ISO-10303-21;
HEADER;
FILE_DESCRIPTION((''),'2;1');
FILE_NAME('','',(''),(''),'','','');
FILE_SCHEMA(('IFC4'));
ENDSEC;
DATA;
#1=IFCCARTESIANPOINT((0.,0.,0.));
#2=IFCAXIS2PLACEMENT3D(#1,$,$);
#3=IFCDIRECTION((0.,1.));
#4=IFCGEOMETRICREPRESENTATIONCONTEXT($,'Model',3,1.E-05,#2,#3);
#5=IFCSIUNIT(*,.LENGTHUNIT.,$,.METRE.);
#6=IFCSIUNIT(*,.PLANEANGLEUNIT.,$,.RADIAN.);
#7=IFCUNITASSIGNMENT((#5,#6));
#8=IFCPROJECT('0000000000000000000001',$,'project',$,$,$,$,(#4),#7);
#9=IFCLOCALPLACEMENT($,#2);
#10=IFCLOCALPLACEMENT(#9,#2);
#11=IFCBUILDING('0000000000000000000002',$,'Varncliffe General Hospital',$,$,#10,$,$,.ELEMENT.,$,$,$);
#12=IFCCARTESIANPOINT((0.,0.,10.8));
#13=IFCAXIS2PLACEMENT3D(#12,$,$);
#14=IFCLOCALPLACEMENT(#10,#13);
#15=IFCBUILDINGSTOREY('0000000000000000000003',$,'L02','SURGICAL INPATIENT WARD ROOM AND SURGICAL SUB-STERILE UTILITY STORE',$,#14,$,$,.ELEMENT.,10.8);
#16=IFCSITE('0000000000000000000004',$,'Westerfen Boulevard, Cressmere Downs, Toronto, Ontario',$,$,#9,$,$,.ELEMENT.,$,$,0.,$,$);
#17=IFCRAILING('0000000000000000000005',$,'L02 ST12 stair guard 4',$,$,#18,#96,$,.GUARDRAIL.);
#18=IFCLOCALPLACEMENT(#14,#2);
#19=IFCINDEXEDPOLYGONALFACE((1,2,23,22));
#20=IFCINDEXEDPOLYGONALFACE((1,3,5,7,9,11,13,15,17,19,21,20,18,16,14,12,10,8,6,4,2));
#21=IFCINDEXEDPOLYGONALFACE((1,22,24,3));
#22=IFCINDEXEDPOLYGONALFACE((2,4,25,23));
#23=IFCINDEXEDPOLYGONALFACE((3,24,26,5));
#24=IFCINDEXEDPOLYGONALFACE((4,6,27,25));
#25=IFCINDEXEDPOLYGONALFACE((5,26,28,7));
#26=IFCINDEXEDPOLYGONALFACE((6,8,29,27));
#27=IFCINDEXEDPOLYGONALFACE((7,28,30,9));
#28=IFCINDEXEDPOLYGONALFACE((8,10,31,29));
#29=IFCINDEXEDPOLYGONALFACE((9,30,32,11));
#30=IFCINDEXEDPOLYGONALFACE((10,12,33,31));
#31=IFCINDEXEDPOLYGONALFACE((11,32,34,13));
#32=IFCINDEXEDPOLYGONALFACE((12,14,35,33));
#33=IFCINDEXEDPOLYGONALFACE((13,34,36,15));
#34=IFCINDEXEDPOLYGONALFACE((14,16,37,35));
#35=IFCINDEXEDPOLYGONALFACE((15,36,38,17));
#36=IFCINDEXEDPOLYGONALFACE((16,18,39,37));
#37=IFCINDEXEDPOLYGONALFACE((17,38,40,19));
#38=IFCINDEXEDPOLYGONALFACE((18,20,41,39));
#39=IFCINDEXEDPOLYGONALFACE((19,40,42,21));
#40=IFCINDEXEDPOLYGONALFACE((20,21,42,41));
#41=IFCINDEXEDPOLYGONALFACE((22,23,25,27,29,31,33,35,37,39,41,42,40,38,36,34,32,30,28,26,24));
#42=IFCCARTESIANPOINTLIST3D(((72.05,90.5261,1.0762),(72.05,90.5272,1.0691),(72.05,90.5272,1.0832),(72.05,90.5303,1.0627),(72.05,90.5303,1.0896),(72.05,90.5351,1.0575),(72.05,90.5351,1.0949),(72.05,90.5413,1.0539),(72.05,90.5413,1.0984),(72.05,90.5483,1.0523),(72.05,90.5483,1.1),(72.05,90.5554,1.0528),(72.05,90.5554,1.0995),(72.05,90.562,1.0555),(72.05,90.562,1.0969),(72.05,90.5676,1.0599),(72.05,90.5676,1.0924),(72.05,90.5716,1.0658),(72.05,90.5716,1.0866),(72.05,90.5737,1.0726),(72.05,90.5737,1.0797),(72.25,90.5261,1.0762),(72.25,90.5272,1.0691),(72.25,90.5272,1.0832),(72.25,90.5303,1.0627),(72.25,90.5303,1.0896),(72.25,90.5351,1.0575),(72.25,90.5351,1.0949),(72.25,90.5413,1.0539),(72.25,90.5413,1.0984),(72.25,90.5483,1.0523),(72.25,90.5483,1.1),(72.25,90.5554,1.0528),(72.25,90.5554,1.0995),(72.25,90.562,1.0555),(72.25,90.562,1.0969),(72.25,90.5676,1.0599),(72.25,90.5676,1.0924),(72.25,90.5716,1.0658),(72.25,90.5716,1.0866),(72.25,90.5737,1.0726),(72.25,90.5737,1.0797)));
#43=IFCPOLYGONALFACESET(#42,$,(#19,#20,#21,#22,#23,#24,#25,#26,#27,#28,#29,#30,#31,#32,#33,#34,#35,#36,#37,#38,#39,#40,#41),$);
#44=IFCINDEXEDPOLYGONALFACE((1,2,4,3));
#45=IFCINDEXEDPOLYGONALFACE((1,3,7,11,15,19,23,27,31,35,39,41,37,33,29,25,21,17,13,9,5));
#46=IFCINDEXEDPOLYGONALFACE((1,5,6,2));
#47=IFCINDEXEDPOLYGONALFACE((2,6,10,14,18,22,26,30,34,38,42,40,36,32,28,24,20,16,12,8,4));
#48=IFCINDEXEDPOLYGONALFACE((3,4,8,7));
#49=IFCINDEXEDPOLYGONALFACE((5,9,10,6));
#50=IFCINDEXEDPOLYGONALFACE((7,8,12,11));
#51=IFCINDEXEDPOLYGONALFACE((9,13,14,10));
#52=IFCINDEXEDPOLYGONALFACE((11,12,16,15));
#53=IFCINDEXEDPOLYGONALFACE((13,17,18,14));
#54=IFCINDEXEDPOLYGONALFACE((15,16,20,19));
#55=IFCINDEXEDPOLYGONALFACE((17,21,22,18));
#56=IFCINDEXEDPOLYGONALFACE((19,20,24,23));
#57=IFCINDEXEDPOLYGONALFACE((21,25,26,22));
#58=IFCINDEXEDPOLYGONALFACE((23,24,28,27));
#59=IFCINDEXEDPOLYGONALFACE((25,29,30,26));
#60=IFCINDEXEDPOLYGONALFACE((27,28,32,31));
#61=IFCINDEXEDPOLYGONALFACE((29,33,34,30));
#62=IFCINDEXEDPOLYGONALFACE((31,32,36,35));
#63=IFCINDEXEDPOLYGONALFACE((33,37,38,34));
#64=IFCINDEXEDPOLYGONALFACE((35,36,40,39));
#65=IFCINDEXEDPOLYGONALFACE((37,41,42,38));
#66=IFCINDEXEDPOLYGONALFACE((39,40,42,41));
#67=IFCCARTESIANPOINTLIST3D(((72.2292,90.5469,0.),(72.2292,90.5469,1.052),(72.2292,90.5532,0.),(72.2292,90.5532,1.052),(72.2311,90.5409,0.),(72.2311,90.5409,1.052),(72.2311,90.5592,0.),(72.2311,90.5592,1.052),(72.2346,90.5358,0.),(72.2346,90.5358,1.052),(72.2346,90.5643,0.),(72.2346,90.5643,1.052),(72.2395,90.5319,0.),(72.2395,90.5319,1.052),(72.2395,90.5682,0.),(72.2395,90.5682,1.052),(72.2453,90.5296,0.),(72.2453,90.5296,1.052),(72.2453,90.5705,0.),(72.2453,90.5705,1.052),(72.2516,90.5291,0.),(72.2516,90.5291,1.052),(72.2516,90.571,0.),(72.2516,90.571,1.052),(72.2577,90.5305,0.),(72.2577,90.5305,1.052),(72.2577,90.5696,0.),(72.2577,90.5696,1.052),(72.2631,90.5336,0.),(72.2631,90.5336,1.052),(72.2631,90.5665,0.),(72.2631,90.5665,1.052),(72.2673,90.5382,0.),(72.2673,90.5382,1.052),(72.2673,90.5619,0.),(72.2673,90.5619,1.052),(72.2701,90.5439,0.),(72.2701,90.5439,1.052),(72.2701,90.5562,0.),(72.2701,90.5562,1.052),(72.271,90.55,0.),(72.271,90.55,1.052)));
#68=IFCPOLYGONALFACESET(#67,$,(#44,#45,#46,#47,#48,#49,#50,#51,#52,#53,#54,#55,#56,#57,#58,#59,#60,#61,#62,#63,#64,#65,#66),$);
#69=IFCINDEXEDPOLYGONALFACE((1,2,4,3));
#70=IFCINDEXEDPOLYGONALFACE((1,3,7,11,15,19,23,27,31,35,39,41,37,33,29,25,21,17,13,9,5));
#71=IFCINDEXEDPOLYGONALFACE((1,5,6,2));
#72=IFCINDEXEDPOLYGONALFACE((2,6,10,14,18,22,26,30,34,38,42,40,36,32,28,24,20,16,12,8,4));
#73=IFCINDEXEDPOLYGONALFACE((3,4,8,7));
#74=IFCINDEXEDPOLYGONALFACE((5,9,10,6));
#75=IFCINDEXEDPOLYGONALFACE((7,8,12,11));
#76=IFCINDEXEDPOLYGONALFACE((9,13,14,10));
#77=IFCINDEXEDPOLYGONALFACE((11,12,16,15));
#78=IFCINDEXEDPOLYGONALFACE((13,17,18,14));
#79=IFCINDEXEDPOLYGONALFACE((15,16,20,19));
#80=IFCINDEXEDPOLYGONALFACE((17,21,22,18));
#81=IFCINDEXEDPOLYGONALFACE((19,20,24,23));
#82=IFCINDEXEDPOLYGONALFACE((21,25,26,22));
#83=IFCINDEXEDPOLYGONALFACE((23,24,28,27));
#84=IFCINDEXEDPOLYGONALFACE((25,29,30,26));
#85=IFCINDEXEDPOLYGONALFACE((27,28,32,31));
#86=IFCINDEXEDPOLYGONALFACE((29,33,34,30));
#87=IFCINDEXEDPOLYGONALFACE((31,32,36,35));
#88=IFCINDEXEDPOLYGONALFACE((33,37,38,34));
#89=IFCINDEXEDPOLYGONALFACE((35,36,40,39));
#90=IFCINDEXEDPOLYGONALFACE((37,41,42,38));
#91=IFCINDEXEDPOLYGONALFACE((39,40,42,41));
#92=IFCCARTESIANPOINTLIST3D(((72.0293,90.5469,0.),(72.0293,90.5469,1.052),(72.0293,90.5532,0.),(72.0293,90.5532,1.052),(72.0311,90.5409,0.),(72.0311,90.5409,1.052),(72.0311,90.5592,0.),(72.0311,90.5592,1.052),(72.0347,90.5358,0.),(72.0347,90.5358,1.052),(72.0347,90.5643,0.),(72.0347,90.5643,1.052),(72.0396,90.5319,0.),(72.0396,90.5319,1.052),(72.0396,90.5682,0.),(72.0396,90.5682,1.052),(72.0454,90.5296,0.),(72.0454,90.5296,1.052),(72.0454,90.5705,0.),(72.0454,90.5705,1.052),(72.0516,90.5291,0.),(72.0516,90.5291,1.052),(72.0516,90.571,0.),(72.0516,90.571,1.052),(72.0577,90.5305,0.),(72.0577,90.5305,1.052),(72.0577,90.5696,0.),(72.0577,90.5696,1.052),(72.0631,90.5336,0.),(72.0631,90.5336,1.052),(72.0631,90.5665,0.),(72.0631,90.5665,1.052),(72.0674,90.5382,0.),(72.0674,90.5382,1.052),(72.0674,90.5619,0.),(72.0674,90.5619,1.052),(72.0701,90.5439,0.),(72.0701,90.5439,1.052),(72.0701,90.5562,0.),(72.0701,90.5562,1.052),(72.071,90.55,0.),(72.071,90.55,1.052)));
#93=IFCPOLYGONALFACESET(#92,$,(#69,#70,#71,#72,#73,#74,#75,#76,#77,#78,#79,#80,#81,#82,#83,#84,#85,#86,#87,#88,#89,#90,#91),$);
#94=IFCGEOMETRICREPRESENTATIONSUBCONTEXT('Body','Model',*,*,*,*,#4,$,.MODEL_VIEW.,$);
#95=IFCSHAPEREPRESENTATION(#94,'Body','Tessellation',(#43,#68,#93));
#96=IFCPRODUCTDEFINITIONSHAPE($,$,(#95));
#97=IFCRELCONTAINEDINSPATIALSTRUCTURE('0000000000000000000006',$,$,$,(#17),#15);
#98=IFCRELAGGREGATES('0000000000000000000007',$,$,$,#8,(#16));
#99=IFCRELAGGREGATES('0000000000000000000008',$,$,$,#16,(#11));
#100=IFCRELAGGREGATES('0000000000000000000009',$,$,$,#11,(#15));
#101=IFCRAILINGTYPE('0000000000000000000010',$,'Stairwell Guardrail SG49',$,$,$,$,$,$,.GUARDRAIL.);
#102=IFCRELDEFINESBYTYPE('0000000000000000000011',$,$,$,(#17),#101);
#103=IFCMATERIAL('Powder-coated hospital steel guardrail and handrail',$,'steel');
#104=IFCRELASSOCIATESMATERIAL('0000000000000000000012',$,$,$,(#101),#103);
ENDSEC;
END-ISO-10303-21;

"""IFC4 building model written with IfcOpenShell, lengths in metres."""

from ifc_helpers import new_model, si_unit, direction, frame, origin, origin_2d, place, context, subcontext, project, spatial, circle, extrude, material, type_object, element, save


model = new_model("IFC4")

# Units and contexts
model_context = context("Model", 3, precision=1e-05, world=origin(), true_north=direction((0.0, 1.0)))
body_context = subcontext(model_context, "Body", "Model", "MODEL_VIEW")
ifc_project = project(units=[si_unit("LENGTHUNIT", "METRE"), si_unit("PLANEANGLEUNIT", "RADIAN")], contexts=[model_context])

# Site, building, storey
site_placement = place(None, origin())
site = spatial("IfcSite", under=ifc_project, at=site_placement, Name="Westerfen Boulevard, Cressmere Downs, Toronto, Ontario", CompositionType="ELEMENT", RefElevation=0.0)
building_placement = place(site_placement, origin())
building = spatial("IfcBuilding", under=site, at=building_placement, Name="Varncliffe General Hospital", CompositionType="ELEMENT")
storey_placement = place(building_placement, frame((0.0, 0.0, 10.8)))
storey = spatial("IfcBuildingStorey", under=building, at=storey_placement, Name="L02", Description="SURGICAL INPATIENT WARD ROOM AND SURGICAL SUB-STERILE UTILITY STORE", CompositionType="ELEMENT", Elevation=10.8)

# Railing
ifc_material_1 = material(Name="Powder-coated hospital steel guardrail and handrail", Category="steel")
railing_type_1 = type_object("IfcRailingType", Name="Stairwell Guardrail SG49", PredefinedType="GUARDRAIL", material=ifc_material_1)
railing_1_placement = place(storey_placement, frame((72.25, 90.55, 0.0)))
element("IfcRailing", 1, at=railing_1_placement, inside=storey, type_object=railing_type_1, Name="L02 ST12 stair guard 4", PredefinedType="GUARDRAIL", context=body_context, shape_type="SweptSolid", body=[
    extrude(circle(Radius=0.0239, at=origin_2d()), frame((0.0, 0.0, 1.0762), z_axis=(-1.0, 0.0, 0.0), x_axis=(0.0, -1.0, 0.0)), (0.0, 0.0, 1.0), 0.2),
    extrude(circle(Radius=0.021, at=origin_2d()), origin(), (0.0, 0.0, 1.0), 1.052),
    extrude(circle(Radius=0.021, at=origin_2d()), frame((-0.2, 0.0, 0.0)), (0.0, 0.0, 1.0), 1.052),
])

save(model, "model.ifc")
